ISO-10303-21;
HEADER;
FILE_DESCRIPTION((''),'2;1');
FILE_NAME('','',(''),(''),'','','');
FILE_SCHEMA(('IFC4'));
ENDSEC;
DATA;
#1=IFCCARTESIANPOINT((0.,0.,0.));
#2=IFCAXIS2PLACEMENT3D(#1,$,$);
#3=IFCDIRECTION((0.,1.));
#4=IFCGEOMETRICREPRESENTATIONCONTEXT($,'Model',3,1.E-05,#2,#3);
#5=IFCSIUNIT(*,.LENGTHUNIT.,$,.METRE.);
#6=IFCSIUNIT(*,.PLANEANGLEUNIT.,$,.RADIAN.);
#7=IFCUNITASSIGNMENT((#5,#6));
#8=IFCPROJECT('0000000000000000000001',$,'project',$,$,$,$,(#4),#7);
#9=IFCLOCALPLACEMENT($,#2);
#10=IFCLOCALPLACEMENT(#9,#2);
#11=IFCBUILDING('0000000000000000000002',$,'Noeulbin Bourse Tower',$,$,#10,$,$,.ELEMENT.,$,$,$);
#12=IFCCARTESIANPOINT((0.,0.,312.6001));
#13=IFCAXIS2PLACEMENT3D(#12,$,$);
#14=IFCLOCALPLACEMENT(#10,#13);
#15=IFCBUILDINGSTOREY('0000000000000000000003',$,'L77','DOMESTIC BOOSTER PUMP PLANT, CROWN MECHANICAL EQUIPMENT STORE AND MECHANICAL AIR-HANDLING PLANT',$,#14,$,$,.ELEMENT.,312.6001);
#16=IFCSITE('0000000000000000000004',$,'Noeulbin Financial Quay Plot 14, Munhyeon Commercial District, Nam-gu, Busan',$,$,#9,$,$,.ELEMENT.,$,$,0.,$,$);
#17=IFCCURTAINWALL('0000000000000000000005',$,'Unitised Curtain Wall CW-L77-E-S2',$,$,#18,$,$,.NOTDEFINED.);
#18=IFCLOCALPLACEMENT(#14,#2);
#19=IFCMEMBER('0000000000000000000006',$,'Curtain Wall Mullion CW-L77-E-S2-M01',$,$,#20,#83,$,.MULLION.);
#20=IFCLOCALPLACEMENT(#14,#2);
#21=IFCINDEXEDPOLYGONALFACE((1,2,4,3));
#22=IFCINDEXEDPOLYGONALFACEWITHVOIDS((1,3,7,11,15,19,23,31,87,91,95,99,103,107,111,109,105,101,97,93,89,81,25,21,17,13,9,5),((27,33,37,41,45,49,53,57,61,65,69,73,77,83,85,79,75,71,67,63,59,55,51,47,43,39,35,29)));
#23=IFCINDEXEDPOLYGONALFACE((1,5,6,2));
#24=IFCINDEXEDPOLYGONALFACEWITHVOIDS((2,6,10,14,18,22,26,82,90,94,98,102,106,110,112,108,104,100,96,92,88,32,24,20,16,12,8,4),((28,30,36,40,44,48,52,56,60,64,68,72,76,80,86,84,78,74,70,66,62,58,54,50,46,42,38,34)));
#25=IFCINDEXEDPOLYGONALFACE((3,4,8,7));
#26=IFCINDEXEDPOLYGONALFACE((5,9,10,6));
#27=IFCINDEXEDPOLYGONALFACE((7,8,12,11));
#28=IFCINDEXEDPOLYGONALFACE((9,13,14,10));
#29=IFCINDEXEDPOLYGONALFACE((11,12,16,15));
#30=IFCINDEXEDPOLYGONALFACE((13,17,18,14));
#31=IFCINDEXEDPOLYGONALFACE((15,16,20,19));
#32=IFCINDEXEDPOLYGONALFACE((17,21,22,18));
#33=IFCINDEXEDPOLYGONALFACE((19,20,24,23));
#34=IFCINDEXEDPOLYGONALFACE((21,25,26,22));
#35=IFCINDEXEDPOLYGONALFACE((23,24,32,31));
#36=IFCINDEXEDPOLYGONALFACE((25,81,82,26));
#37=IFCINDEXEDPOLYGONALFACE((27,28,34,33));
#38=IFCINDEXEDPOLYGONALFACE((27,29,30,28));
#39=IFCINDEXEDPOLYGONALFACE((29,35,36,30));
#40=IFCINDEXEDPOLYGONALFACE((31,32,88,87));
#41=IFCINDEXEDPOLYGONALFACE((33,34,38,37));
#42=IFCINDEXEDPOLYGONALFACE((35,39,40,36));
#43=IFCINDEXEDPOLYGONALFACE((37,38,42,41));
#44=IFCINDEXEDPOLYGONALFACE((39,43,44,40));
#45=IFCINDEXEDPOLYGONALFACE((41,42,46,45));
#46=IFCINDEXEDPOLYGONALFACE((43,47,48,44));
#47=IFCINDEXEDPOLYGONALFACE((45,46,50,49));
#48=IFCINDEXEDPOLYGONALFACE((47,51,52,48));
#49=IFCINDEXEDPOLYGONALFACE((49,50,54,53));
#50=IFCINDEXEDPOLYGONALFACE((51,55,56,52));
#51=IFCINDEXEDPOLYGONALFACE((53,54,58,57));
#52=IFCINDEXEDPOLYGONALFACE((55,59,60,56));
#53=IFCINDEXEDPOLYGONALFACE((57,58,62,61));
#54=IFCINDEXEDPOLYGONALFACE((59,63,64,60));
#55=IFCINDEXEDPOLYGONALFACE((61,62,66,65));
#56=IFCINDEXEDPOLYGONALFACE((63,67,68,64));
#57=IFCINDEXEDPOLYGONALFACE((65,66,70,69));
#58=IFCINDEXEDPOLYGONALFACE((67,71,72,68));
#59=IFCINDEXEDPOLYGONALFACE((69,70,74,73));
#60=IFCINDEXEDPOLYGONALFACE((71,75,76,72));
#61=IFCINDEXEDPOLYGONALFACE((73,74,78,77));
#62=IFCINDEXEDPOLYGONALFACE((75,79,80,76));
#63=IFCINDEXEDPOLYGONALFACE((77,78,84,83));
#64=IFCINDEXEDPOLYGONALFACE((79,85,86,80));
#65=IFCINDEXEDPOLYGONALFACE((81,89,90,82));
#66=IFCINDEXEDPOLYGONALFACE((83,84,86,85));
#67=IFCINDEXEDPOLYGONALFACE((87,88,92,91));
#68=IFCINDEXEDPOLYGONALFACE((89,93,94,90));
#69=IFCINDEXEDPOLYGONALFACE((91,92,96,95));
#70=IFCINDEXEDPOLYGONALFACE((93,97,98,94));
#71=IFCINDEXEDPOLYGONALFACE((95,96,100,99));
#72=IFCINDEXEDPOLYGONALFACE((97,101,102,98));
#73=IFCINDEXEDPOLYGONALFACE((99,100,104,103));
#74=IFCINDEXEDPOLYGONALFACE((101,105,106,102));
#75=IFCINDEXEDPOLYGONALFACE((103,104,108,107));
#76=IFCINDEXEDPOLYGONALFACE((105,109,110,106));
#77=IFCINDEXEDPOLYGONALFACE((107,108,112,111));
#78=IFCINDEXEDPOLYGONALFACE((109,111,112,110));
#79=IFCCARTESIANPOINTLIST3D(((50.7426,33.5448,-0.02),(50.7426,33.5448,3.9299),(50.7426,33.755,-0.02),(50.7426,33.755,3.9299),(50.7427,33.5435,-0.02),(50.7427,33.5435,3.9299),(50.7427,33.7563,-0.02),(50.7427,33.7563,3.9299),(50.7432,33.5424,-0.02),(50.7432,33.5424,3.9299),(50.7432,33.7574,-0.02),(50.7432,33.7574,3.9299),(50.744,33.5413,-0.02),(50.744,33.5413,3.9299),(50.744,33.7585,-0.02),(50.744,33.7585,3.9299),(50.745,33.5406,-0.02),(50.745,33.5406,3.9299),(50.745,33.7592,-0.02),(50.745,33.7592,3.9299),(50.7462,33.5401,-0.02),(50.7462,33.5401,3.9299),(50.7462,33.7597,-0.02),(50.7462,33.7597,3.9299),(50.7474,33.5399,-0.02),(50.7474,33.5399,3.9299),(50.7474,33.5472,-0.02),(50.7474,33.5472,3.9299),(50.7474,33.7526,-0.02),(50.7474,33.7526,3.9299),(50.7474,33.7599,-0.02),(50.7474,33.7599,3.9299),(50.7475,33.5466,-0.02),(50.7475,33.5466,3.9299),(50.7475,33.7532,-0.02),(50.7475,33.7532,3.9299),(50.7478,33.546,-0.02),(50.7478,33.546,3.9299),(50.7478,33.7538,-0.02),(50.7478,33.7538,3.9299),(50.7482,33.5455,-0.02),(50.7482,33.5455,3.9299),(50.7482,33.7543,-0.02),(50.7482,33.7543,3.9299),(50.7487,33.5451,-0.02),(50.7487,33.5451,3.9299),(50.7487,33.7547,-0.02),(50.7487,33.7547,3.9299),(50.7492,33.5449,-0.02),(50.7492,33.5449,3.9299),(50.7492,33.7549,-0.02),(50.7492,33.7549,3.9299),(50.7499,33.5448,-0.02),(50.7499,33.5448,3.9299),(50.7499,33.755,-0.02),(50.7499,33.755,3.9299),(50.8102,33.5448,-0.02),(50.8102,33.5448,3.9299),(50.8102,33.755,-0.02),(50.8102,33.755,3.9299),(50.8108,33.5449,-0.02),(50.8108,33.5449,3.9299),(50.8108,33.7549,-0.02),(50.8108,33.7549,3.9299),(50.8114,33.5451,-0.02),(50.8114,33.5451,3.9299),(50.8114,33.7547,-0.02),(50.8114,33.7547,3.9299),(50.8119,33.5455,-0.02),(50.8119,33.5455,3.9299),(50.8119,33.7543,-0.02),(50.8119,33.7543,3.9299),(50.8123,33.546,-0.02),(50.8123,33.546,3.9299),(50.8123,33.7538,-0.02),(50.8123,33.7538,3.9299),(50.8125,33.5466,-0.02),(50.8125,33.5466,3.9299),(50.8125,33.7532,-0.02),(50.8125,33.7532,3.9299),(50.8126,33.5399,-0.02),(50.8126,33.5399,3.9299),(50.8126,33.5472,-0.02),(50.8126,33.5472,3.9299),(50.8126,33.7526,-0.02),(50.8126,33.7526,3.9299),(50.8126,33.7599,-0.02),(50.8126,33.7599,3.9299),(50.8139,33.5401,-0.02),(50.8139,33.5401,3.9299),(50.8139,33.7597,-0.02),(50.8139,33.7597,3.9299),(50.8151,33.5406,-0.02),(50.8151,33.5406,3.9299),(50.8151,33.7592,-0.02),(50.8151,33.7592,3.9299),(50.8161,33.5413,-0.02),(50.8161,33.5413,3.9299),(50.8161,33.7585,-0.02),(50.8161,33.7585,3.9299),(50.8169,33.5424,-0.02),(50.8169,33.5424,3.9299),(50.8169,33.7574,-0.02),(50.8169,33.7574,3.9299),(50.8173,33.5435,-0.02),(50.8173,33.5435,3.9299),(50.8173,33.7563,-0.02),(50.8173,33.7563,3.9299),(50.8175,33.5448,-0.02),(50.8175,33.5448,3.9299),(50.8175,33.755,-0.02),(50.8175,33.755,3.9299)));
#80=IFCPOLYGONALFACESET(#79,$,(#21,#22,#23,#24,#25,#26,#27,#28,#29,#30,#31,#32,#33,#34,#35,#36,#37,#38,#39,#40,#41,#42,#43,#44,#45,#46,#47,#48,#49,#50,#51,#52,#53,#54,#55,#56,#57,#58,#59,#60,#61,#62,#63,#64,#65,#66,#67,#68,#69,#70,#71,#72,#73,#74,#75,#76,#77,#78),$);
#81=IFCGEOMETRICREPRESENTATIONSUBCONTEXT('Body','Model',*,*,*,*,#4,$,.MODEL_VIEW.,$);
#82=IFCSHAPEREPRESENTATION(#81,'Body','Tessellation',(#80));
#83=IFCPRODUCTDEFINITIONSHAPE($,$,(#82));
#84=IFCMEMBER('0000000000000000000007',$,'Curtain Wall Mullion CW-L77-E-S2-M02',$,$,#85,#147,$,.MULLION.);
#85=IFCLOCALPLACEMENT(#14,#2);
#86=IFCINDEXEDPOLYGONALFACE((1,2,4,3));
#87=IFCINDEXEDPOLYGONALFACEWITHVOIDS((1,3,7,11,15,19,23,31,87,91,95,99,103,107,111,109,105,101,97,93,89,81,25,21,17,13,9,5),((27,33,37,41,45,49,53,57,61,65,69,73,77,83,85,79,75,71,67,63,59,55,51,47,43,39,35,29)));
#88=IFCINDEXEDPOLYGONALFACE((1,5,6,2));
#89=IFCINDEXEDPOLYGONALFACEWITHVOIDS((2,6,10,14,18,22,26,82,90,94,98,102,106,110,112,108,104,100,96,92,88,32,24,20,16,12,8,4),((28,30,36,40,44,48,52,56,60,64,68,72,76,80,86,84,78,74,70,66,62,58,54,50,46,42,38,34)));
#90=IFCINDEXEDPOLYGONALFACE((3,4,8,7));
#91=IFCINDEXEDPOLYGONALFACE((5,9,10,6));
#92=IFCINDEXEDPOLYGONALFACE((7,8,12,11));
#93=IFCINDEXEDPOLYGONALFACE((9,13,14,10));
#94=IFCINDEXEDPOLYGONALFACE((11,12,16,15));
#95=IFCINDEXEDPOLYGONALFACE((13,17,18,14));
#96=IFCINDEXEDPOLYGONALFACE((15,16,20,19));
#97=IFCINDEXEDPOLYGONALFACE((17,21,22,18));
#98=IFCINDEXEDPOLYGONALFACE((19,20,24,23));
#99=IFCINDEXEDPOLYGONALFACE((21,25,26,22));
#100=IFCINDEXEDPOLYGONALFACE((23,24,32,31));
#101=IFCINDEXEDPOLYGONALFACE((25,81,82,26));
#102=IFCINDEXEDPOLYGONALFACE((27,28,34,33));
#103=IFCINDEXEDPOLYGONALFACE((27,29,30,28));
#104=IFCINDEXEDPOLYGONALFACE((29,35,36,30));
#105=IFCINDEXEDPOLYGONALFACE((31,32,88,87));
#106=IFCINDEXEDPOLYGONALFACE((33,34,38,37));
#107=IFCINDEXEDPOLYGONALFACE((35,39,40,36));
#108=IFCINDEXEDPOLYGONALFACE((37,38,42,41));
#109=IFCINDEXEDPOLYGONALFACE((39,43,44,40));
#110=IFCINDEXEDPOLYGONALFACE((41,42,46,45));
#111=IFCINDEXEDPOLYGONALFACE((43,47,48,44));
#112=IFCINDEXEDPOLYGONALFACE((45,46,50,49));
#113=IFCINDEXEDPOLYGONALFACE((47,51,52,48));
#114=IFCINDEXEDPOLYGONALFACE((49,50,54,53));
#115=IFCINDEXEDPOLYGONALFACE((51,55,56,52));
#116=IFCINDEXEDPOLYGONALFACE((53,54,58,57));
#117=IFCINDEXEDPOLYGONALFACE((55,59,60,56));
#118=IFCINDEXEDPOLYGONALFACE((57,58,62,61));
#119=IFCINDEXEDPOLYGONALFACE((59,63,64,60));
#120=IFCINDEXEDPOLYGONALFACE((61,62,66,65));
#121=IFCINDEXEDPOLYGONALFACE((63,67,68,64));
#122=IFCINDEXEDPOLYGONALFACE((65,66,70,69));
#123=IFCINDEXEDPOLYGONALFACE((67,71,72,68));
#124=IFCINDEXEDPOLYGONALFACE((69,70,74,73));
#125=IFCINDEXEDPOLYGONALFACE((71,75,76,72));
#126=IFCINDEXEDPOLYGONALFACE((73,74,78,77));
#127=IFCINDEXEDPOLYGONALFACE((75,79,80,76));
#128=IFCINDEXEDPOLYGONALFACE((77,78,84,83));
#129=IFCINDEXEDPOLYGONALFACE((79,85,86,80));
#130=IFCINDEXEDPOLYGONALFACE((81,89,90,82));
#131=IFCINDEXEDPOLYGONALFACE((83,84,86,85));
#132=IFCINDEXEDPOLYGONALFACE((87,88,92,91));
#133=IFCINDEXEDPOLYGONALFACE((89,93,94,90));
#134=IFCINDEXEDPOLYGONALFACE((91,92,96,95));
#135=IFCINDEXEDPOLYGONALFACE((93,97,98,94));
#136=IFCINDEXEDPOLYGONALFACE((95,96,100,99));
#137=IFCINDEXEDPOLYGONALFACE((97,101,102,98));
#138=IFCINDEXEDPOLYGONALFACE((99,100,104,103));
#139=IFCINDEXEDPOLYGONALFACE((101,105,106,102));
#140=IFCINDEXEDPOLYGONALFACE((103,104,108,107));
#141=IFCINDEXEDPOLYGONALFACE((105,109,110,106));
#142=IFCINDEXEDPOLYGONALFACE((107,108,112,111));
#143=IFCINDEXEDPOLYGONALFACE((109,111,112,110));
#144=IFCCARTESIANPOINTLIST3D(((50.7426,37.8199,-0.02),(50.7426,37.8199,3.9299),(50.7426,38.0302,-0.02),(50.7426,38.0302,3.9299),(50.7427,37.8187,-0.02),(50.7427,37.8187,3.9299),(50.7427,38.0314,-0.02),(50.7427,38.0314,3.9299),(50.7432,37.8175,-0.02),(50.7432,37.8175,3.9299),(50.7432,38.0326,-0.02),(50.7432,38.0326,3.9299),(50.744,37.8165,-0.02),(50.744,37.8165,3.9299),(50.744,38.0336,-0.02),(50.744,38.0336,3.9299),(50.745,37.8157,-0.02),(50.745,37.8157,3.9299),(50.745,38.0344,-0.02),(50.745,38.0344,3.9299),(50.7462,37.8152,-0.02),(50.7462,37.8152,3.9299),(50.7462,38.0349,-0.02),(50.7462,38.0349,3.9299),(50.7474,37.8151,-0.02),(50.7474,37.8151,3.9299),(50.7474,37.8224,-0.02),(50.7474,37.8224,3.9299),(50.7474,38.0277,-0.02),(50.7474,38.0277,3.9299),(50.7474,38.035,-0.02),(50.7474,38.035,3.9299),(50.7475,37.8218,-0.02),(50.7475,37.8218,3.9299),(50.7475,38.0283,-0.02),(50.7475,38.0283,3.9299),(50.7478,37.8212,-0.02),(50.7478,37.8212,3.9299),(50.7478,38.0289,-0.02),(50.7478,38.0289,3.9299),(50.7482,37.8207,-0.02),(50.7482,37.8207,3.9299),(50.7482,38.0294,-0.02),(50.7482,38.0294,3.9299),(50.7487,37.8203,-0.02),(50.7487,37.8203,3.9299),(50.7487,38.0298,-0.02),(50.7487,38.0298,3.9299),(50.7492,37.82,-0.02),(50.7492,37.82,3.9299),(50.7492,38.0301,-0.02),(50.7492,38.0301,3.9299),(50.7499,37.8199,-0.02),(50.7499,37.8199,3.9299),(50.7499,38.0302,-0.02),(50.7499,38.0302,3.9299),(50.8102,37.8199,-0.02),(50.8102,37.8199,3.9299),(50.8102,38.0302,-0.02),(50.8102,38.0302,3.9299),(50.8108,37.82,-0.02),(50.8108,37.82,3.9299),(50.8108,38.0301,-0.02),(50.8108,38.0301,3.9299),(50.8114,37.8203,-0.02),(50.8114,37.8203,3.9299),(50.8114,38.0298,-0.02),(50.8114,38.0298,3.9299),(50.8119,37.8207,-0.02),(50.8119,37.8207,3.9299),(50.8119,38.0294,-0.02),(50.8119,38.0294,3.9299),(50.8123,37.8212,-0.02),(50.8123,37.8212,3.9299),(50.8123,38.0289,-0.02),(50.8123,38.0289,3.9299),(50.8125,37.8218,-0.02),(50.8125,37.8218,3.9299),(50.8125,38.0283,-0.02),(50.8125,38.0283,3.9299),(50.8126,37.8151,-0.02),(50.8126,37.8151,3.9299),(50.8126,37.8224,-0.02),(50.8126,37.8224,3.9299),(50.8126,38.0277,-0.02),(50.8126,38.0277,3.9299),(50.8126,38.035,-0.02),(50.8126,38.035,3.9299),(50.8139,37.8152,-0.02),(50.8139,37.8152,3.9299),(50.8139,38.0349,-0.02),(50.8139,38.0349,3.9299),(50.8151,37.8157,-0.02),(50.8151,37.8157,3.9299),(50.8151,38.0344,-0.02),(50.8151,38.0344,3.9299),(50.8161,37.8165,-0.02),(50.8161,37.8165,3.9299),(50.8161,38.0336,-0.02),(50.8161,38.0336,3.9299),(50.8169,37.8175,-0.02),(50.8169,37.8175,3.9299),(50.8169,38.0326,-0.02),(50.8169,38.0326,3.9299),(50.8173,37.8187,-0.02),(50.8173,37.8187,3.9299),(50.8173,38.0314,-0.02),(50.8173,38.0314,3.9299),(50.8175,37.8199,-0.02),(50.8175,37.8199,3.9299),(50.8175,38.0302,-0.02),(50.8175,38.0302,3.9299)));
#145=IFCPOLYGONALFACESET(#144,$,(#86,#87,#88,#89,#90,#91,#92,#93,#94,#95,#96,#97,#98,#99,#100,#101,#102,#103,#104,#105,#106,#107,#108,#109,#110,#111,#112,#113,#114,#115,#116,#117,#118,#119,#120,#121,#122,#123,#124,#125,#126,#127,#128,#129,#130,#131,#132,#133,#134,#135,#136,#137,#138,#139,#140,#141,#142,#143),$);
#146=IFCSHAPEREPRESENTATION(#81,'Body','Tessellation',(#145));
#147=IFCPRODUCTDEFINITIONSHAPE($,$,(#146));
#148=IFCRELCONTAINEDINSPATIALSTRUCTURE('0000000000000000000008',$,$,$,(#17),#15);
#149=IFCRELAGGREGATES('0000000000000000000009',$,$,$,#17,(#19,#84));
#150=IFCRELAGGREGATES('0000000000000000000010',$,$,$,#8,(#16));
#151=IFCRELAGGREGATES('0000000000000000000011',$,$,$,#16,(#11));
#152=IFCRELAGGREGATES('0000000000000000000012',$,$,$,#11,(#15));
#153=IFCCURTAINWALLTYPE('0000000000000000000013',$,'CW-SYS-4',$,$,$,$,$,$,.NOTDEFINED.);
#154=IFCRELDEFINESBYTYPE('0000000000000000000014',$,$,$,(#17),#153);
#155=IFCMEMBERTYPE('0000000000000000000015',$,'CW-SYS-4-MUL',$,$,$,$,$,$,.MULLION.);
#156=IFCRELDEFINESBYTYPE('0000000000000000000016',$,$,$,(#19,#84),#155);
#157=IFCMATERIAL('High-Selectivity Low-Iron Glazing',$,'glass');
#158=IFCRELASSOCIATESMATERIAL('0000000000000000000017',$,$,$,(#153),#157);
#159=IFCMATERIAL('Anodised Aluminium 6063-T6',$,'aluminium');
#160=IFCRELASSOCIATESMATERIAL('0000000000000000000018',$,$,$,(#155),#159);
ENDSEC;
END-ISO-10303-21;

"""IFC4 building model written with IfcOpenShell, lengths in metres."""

from ifc_helpers import new_model, si_unit, direction, frame, origin, origin_2d, place, context, subcontext, project, spatial, hollow_rectangle, extrude, material, material_profile, profile_set, type_object, element, aggregate, save


model = new_model("IFC4")

# Units and contexts
model_context = context("Model", 3, precision=1e-05, world=origin(), true_north=direction((0.0, 1.0)))
body_context = subcontext(model_context, "Body", "Model", "MODEL_VIEW")
ifc_project = project(units=[si_unit("LENGTHUNIT", "METRE"), si_unit("PLANEANGLEUNIT", "RADIAN")], contexts=[model_context])

# Site, building, storey
site_placement = place(None, origin())
site = spatial("IfcSite", under=ifc_project, at=site_placement, Name="Noeulbin Financial Quay Plot 14, Munhyeon Commercial District, Nam-gu, Busan", CompositionType="ELEMENT", RefElevation=0.0)
building_placement = place(site_placement, origin())
building = spatial("IfcBuilding", under=site, at=building_placement, Name="Noeulbin Bourse Tower", CompositionType="ELEMENT")
storey_placement = place(building_placement, frame((0.0, 0.0, 312.6001)))
storey = spatial("IfcBuildingStorey", under=building, at=storey_placement, Name="L77", Description="DOMESTIC BOOSTER PUMP PLANT, CROWN MECHANICAL EQUIPMENT STORE AND MECHANICAL AIR-HANDLING PLANT", CompositionType="ELEMENT", Elevation=312.6001)

# Shared definitions
ifc_material_1 = material(Name="High-Selectivity Low-Iron Glazing", Category="glass")
curtain_wall_type = type_object("IfcCurtainWallType", Name="CW-SYS-4", PredefinedType="NOTDEFINED", material=ifc_material_1)
ifc_material_2 = material(Name="Anodised Aluminium 6063-T6", Category="aluminium")
ifc_material_profile_1 = material_profile(ifc_material_2, hollow_rectangle(XDim=0.075, YDim=0.22, WallThickness=0.0049, InnerFilletRadius=0.0024, OuterFilletRadius=0.0049, at=origin_2d()), Name="ALU-MULL-75x220x5", Category="LoadBearing")
ifc_profile_set_1 = profile_set([ifc_material_profile_1], Name="Anodised Aluminium 6063-T6")
member_type_1 = type_object("IfcMemberType", Name="CW-SYS-4-MUL", PredefinedType="MULLION", material=ifc_profile_set_1)

# Curtain wall, members
curtain_wall_1_placement = place(storey_placement, origin())
curtain_wall_1 = element("IfcCurtainWall", 1, at=curtain_wall_1_placement, inside=storey, type_object=curtain_wall_type, Name="Unitised Curtain Wall CW-L77-E-S2", PredefinedType="NOTDEFINED")
member_1_placement = place(storey_placement, frame((50.78, 33.6499, -0.02), z_axis=(0.0, 0.0, 1.0), x_axis=(1.0, 0.0, 0.0)))
member_1 = element("IfcMember", 2, at=member_1_placement, type_object=member_type_1, Name="Curtain Wall Mullion CW-L77-E-S2-M01", PredefinedType="MULLION", context=body_context, shape_type="SweptSolid", body=[
    extrude(hollow_rectangle(XDim=0.075, YDim=0.22, WallThickness=0.0049, InnerFilletRadius=0.0024, OuterFilletRadius=0.0049, at=origin_2d()), origin(), (0.0, 0.0, 1.0), 3.95),
])
member_2_placement = place(storey_placement, frame((50.78, 37.925, -0.02), z_axis=(0.0, 0.0, 1.0), x_axis=(1.0, 0.0, 0.0)))
member_2 = element("IfcMember", 3, at=member_2_placement, type_object=member_type_1, Name="Curtain Wall Mullion CW-L77-E-S2-M02", PredefinedType="MULLION", context=body_context, shape_type="SweptSolid", body=[
    extrude(hollow_rectangle(XDim=0.075, YDim=0.22, WallThickness=0.0049, InnerFilletRadius=0.0024, OuterFilletRadius=0.0049, at=origin_2d()), origin(), (0.0, 0.0, 1.0), 3.95),
])

aggregate(curtain_wall_1, [member_1, member_2])

save(model, "model.ifc")
